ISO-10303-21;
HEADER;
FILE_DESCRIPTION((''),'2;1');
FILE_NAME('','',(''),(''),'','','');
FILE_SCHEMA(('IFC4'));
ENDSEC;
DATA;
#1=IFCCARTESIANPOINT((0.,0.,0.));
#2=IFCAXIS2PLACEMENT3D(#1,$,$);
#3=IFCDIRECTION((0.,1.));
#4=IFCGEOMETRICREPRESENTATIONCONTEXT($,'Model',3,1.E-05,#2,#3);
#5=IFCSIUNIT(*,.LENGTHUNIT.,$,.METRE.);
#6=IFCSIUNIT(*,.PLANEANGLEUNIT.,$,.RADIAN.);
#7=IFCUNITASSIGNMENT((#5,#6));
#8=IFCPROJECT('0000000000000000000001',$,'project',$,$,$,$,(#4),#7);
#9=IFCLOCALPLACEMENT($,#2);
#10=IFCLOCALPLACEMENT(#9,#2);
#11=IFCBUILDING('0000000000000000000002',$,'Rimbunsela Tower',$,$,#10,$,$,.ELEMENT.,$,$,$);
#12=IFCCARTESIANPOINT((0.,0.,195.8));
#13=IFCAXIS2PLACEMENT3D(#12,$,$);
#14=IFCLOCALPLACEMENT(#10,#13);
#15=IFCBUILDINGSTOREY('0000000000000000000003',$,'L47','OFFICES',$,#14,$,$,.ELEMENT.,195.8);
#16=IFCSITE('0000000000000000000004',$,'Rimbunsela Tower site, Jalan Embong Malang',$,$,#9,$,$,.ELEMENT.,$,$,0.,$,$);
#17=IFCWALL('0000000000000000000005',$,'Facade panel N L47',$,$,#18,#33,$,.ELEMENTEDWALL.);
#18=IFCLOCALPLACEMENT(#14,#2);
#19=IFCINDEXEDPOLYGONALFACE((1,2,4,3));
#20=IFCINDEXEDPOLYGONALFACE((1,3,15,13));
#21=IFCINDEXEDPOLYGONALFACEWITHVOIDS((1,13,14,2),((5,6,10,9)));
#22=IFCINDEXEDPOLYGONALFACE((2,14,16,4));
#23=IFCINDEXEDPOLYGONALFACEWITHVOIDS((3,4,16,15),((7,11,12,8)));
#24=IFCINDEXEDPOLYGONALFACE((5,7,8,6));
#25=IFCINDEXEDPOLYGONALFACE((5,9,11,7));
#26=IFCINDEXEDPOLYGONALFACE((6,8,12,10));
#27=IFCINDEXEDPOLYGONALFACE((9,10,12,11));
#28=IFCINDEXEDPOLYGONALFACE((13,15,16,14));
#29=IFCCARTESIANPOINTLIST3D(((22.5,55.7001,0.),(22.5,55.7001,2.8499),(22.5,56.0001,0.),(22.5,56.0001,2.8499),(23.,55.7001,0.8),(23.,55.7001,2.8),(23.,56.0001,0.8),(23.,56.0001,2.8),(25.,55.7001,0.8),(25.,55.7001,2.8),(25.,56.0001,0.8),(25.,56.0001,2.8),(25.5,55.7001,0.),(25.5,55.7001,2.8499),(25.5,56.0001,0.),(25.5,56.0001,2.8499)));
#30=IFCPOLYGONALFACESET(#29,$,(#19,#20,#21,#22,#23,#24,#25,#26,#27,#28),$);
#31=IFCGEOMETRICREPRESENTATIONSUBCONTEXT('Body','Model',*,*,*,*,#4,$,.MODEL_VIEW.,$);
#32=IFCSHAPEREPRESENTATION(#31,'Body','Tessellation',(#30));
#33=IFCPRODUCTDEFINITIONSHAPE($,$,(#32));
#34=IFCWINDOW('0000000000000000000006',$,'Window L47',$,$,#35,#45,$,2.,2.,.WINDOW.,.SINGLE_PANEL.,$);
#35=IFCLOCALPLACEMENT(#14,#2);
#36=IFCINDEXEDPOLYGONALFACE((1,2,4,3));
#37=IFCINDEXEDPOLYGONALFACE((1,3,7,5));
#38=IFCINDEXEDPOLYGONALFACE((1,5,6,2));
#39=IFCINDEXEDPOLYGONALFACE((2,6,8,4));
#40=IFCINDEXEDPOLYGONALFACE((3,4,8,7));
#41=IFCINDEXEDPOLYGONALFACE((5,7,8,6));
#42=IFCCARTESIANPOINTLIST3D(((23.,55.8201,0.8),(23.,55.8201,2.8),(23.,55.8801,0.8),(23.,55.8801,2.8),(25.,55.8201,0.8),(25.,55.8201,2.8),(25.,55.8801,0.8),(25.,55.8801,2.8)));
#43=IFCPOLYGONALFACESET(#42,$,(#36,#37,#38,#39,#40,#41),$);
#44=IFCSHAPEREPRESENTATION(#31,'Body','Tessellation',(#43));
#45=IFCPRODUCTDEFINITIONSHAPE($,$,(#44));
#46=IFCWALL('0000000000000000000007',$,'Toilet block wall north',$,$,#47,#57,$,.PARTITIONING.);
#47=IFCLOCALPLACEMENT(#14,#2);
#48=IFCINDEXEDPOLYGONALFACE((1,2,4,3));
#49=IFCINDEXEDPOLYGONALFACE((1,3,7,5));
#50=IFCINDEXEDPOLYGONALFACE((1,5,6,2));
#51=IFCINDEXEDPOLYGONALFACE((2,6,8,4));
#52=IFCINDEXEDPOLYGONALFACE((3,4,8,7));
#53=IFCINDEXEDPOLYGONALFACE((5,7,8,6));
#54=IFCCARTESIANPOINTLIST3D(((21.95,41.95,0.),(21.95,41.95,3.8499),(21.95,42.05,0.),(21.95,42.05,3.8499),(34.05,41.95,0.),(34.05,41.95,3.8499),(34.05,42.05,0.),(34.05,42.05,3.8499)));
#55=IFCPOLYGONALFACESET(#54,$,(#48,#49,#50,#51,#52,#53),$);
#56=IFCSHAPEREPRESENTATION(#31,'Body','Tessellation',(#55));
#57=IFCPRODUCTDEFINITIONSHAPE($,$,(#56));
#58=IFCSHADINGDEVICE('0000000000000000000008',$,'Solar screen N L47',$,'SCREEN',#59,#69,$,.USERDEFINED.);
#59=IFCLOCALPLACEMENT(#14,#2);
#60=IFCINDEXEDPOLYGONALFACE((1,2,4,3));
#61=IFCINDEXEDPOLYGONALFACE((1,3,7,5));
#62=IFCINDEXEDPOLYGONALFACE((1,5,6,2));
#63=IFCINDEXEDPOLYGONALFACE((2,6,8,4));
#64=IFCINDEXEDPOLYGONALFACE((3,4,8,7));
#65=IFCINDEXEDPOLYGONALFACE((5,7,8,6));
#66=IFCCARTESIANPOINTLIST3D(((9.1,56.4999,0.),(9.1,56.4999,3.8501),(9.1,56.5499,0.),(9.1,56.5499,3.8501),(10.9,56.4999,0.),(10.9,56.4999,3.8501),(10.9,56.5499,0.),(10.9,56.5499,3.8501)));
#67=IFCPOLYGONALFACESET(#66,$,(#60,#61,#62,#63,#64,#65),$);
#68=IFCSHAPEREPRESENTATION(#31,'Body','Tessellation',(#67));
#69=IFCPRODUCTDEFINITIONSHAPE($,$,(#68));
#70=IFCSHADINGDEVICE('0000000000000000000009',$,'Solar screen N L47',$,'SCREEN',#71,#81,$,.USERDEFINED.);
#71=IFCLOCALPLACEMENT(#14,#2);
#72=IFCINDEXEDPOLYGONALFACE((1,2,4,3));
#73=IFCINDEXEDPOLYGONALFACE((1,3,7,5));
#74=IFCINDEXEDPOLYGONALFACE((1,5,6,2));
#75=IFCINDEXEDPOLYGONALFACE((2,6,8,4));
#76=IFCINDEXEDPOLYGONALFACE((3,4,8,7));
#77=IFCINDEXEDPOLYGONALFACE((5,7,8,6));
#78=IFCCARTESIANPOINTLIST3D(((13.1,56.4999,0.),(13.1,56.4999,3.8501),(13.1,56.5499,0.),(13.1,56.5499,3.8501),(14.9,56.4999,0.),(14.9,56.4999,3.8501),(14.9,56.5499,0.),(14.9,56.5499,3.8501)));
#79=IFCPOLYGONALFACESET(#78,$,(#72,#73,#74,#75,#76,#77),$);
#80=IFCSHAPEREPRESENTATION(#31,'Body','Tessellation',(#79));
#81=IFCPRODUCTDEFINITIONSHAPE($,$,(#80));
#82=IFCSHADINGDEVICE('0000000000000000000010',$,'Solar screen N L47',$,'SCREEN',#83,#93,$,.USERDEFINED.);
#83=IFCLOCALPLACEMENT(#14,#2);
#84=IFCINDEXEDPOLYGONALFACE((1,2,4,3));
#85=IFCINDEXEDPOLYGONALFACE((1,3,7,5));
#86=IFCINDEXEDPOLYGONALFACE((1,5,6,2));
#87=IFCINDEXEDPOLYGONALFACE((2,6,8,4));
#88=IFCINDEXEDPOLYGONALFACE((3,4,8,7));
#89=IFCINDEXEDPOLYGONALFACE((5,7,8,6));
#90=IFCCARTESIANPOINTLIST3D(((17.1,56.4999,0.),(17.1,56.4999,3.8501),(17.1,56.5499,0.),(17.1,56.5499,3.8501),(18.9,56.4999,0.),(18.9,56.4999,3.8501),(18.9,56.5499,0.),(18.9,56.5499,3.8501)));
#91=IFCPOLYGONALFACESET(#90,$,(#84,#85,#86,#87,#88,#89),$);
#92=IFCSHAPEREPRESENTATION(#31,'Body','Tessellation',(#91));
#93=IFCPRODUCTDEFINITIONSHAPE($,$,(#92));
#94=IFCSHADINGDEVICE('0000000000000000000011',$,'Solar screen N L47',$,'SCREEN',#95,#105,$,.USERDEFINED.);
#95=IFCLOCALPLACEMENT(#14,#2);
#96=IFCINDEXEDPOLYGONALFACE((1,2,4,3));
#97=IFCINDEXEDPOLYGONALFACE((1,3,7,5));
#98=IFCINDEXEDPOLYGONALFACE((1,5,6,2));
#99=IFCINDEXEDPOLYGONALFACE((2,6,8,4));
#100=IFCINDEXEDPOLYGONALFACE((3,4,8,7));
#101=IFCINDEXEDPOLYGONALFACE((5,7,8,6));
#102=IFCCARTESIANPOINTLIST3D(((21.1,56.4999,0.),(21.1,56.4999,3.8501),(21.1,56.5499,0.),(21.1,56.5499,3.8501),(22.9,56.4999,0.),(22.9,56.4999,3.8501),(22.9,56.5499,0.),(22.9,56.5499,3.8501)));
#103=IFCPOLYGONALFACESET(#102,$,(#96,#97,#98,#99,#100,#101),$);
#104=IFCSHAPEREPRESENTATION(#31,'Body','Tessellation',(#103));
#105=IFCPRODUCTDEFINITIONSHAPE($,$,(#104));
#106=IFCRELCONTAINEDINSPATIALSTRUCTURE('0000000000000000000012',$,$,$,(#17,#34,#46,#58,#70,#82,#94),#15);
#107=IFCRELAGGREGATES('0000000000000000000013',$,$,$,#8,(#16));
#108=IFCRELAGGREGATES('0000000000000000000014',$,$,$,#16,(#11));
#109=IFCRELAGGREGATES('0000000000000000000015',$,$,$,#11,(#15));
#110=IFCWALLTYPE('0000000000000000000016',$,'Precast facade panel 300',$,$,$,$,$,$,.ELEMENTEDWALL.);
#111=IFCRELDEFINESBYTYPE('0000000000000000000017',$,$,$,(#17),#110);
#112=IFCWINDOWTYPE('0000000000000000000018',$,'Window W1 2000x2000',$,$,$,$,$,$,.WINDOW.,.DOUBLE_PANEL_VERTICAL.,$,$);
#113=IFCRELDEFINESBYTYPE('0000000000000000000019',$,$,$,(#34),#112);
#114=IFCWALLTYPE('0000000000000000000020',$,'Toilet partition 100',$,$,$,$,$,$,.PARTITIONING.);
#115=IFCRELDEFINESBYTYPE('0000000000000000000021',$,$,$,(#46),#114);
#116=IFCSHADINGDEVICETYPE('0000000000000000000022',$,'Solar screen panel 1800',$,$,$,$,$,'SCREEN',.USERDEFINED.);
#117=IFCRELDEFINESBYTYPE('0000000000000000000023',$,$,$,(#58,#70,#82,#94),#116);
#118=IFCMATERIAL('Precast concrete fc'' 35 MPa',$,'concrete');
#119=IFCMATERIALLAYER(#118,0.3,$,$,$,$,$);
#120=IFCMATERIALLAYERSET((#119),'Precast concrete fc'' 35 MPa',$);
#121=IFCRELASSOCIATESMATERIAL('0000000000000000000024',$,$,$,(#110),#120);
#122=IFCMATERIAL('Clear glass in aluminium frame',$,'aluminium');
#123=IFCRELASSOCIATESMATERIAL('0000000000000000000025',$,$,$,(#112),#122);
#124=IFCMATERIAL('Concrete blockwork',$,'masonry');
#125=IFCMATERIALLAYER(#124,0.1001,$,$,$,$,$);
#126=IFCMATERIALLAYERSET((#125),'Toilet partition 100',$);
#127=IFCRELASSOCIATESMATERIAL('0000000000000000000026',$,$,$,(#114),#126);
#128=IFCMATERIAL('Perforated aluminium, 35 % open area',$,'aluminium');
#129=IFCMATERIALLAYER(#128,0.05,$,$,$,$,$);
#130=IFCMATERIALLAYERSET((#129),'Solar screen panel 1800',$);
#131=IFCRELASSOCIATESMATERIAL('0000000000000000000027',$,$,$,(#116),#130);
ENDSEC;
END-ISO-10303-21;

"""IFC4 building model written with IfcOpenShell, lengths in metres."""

from ifc_helpers import new_model, si_unit, direction, frame, frame_2d, origin, origin_2d, place, context, subcontext, project, spatial, rectangle, extrude, material, layer, layer_set, type_object, element, fill, save


model = new_model("IFC4")

# Units and contexts
model_context = context("Model", 3, precision=1e-05, world=origin(), true_north=direction((0.0, 1.0)))
body_context = subcontext(model_context, "Body", "Model", "MODEL_VIEW")
ifc_project = project(units=[si_unit("LENGTHUNIT", "METRE"), si_unit("PLANEANGLEUNIT", "RADIAN")], contexts=[model_context])

# Site, building, storey
site_placement = place(None, origin())
site = spatial("IfcSite", under=ifc_project, at=site_placement, Name="Rimbunsela Tower site, Jalan Embong Malang", CompositionType="ELEMENT", RefElevation=0.0)
building_placement = place(site_placement, origin())
building = spatial("IfcBuilding", under=site, at=building_placement, Name="Rimbunsela Tower", CompositionType="ELEMENT")
storey_placement = place(building_placement, frame((0.0, 0.0, 195.8)))
storey = spatial("IfcBuildingStorey", under=building, at=storey_placement, Name="L47", Description="OFFICES", CompositionType="ELEMENT", Elevation=195.8)

# Shared definitions
ifc_material_1 = material(Name="Precast concrete fc' 35 MPa", Category="concrete")
ifc_layer_1 = layer(ifc_material_1, 0.3)
ifc_layer_set_1 = layer_set([ifc_layer_1], Name="Precast concrete fc' 35 MPa")
wall_type_1 = type_object("IfcWallType", Name="Precast facade panel 300", PredefinedType="ELEMENTEDWALL", material=ifc_layer_set_1)

# Wall, opening, window
ifc_material_2 = material(Name="Clear glass in aluminium frame", Category="aluminium")
window_type = type_object("IfcWindowType", Name="Window W1 2000x2000", PartitioningType="DOUBLE_PANEL_VERTICAL", PredefinedType="WINDOW", material=ifc_material_2)
wall_1_placement = place(storey_placement, frame((25.5, 55.8501, 0.0), z_axis=(0.0, 0.0, 1.0), x_axis=(-1.0, 0.0, 0.0)))
wall_1 = element("IfcWall", 1, at=wall_1_placement, inside=storey, type_object=wall_type_1, Name="Facade panel N L47", PredefinedType="ELEMENTEDWALL", context=body_context, shape_type="SweptSolid", body=[
    extrude(rectangle(XDim=3.0, YDim=0.3, at=frame_2d((1.5, 0.0))), origin(), (0.0, 0.0, 1.0), 2.8499),
])
opening_1_placement = place(wall_1_placement, frame((0.5, 0.0, 0.8)))
opening_1 = element("IfcOpeningElement", 2, at=opening_1_placement, cuts=wall_1, PredefinedType="OPENING", context=body_context, shape_type="SweptSolid", body=[
    extrude(rectangle(XDim=2.0, YDim=2.0, at=frame_2d((1.0, 1.0))), frame((0.0, 0.1599, 0.0), z_axis=(0.0, -1.0, 0.0), x_axis=(1.0, 0.0, 0.0)), (0.0, 0.0, 1.0), 0.3201),
])
window_1_placement = place(opening_1_placement, origin())
window_1 = element("IfcWindow", 3, at=window_1_placement, inside=storey, type_object=window_type, Name="Window L47", OverallHeight=2.0, OverallWidth=2.0, PartitioningType="SINGLE_PANEL", PredefinedType="WINDOW", context=body_context, shape_type="SweptSolid", body=[
    extrude(rectangle(XDim=2.0, YDim=2.0, at=frame_2d((1.0, 1.0))), frame((0.0, 0.03, 0.0), z_axis=(0.0, -1.0, 0.0), x_axis=(1.0, 0.0, 0.0)), (0.0, 0.0, 1.0), 0.0601),
])
fill(opening_1, window_1)

# Wall
ifc_material_3 = material(Name="Concrete blockwork", Category="masonry")
ifc_layer_2 = layer(ifc_material_3, 0.1001)
ifc_layer_set_2 = layer_set([ifc_layer_2], Name="Toilet partition 100")
wall_type_2 = type_object("IfcWallType", Name="Toilet partition 100", PredefinedType="PARTITIONING", material=ifc_layer_set_2)
wall_2_placement = place(storey_placement, frame((21.95, 42.0, 0.0), z_axis=(0.0, 0.0, 1.0), x_axis=(1.0, 0.0, 0.0)))
element("IfcWall", 4, at=wall_2_placement, inside=storey, type_object=wall_type_2, Name="Toilet block wall north", PredefinedType="PARTITIONING", context=body_context, shape_type="SweptSolid", body=[
    extrude(rectangle(XDim=12.1001, YDim=0.1001, at=frame_2d((6.05, 0.0))), origin(), (0.0, 0.0, 1.0), 3.8499),
])

# Shading devices
ifc_material_4 = material(Name="Perforated aluminium, 35 % open area", Category="aluminium")
ifc_layer_3 = layer(ifc_material_4, 0.05)
ifc_layer_set_3 = layer_set([ifc_layer_3], Name="Solar screen panel 1800")
shading_device_type = type_object("IfcShadingDeviceType", Name="Solar screen panel 1800", ElementType="SCREEN", PredefinedType="USERDEFINED", material=ifc_layer_set_3)
for number, where, z_axis, x_axis, name in (
    (5, (10.0, 56.5249, 0.0), (0.0, 0.0, 1.0), (1.0, 0.0, 0.0), "Solar screen N L47"),
    (6, (14.0, 56.5249, 0.0), (0.0, 0.0, 1.0), (1.0, 0.0, 0.0), "Solar screen N L47"),
    (7, (18.0, 56.5249, 0.0), (0.0, 0.0, 1.0), (1.0, 0.0, 0.0), "Solar screen N L47"),
    (8, (22.0, 56.5249, 0.0), (0.0, 0.0, 1.0), (1.0, 0.0, 0.0), "Solar screen N L47"),
):
    element("IfcShadingDevice", number, at=place(storey_placement, frame(where, z_axis=z_axis, x_axis=x_axis)), inside=storey, type_object=shading_device_type, Name=name, ObjectType="SCREEN", PredefinedType="USERDEFINED", context=body_context, shape_type="SweptSolid", body=[
        extrude(rectangle(XDim=1.8, YDim=0.05, at=origin_2d()), origin(), (0.0, 0.0, 1.0), 3.8501),
    ])

save(model, "model.ifc")
